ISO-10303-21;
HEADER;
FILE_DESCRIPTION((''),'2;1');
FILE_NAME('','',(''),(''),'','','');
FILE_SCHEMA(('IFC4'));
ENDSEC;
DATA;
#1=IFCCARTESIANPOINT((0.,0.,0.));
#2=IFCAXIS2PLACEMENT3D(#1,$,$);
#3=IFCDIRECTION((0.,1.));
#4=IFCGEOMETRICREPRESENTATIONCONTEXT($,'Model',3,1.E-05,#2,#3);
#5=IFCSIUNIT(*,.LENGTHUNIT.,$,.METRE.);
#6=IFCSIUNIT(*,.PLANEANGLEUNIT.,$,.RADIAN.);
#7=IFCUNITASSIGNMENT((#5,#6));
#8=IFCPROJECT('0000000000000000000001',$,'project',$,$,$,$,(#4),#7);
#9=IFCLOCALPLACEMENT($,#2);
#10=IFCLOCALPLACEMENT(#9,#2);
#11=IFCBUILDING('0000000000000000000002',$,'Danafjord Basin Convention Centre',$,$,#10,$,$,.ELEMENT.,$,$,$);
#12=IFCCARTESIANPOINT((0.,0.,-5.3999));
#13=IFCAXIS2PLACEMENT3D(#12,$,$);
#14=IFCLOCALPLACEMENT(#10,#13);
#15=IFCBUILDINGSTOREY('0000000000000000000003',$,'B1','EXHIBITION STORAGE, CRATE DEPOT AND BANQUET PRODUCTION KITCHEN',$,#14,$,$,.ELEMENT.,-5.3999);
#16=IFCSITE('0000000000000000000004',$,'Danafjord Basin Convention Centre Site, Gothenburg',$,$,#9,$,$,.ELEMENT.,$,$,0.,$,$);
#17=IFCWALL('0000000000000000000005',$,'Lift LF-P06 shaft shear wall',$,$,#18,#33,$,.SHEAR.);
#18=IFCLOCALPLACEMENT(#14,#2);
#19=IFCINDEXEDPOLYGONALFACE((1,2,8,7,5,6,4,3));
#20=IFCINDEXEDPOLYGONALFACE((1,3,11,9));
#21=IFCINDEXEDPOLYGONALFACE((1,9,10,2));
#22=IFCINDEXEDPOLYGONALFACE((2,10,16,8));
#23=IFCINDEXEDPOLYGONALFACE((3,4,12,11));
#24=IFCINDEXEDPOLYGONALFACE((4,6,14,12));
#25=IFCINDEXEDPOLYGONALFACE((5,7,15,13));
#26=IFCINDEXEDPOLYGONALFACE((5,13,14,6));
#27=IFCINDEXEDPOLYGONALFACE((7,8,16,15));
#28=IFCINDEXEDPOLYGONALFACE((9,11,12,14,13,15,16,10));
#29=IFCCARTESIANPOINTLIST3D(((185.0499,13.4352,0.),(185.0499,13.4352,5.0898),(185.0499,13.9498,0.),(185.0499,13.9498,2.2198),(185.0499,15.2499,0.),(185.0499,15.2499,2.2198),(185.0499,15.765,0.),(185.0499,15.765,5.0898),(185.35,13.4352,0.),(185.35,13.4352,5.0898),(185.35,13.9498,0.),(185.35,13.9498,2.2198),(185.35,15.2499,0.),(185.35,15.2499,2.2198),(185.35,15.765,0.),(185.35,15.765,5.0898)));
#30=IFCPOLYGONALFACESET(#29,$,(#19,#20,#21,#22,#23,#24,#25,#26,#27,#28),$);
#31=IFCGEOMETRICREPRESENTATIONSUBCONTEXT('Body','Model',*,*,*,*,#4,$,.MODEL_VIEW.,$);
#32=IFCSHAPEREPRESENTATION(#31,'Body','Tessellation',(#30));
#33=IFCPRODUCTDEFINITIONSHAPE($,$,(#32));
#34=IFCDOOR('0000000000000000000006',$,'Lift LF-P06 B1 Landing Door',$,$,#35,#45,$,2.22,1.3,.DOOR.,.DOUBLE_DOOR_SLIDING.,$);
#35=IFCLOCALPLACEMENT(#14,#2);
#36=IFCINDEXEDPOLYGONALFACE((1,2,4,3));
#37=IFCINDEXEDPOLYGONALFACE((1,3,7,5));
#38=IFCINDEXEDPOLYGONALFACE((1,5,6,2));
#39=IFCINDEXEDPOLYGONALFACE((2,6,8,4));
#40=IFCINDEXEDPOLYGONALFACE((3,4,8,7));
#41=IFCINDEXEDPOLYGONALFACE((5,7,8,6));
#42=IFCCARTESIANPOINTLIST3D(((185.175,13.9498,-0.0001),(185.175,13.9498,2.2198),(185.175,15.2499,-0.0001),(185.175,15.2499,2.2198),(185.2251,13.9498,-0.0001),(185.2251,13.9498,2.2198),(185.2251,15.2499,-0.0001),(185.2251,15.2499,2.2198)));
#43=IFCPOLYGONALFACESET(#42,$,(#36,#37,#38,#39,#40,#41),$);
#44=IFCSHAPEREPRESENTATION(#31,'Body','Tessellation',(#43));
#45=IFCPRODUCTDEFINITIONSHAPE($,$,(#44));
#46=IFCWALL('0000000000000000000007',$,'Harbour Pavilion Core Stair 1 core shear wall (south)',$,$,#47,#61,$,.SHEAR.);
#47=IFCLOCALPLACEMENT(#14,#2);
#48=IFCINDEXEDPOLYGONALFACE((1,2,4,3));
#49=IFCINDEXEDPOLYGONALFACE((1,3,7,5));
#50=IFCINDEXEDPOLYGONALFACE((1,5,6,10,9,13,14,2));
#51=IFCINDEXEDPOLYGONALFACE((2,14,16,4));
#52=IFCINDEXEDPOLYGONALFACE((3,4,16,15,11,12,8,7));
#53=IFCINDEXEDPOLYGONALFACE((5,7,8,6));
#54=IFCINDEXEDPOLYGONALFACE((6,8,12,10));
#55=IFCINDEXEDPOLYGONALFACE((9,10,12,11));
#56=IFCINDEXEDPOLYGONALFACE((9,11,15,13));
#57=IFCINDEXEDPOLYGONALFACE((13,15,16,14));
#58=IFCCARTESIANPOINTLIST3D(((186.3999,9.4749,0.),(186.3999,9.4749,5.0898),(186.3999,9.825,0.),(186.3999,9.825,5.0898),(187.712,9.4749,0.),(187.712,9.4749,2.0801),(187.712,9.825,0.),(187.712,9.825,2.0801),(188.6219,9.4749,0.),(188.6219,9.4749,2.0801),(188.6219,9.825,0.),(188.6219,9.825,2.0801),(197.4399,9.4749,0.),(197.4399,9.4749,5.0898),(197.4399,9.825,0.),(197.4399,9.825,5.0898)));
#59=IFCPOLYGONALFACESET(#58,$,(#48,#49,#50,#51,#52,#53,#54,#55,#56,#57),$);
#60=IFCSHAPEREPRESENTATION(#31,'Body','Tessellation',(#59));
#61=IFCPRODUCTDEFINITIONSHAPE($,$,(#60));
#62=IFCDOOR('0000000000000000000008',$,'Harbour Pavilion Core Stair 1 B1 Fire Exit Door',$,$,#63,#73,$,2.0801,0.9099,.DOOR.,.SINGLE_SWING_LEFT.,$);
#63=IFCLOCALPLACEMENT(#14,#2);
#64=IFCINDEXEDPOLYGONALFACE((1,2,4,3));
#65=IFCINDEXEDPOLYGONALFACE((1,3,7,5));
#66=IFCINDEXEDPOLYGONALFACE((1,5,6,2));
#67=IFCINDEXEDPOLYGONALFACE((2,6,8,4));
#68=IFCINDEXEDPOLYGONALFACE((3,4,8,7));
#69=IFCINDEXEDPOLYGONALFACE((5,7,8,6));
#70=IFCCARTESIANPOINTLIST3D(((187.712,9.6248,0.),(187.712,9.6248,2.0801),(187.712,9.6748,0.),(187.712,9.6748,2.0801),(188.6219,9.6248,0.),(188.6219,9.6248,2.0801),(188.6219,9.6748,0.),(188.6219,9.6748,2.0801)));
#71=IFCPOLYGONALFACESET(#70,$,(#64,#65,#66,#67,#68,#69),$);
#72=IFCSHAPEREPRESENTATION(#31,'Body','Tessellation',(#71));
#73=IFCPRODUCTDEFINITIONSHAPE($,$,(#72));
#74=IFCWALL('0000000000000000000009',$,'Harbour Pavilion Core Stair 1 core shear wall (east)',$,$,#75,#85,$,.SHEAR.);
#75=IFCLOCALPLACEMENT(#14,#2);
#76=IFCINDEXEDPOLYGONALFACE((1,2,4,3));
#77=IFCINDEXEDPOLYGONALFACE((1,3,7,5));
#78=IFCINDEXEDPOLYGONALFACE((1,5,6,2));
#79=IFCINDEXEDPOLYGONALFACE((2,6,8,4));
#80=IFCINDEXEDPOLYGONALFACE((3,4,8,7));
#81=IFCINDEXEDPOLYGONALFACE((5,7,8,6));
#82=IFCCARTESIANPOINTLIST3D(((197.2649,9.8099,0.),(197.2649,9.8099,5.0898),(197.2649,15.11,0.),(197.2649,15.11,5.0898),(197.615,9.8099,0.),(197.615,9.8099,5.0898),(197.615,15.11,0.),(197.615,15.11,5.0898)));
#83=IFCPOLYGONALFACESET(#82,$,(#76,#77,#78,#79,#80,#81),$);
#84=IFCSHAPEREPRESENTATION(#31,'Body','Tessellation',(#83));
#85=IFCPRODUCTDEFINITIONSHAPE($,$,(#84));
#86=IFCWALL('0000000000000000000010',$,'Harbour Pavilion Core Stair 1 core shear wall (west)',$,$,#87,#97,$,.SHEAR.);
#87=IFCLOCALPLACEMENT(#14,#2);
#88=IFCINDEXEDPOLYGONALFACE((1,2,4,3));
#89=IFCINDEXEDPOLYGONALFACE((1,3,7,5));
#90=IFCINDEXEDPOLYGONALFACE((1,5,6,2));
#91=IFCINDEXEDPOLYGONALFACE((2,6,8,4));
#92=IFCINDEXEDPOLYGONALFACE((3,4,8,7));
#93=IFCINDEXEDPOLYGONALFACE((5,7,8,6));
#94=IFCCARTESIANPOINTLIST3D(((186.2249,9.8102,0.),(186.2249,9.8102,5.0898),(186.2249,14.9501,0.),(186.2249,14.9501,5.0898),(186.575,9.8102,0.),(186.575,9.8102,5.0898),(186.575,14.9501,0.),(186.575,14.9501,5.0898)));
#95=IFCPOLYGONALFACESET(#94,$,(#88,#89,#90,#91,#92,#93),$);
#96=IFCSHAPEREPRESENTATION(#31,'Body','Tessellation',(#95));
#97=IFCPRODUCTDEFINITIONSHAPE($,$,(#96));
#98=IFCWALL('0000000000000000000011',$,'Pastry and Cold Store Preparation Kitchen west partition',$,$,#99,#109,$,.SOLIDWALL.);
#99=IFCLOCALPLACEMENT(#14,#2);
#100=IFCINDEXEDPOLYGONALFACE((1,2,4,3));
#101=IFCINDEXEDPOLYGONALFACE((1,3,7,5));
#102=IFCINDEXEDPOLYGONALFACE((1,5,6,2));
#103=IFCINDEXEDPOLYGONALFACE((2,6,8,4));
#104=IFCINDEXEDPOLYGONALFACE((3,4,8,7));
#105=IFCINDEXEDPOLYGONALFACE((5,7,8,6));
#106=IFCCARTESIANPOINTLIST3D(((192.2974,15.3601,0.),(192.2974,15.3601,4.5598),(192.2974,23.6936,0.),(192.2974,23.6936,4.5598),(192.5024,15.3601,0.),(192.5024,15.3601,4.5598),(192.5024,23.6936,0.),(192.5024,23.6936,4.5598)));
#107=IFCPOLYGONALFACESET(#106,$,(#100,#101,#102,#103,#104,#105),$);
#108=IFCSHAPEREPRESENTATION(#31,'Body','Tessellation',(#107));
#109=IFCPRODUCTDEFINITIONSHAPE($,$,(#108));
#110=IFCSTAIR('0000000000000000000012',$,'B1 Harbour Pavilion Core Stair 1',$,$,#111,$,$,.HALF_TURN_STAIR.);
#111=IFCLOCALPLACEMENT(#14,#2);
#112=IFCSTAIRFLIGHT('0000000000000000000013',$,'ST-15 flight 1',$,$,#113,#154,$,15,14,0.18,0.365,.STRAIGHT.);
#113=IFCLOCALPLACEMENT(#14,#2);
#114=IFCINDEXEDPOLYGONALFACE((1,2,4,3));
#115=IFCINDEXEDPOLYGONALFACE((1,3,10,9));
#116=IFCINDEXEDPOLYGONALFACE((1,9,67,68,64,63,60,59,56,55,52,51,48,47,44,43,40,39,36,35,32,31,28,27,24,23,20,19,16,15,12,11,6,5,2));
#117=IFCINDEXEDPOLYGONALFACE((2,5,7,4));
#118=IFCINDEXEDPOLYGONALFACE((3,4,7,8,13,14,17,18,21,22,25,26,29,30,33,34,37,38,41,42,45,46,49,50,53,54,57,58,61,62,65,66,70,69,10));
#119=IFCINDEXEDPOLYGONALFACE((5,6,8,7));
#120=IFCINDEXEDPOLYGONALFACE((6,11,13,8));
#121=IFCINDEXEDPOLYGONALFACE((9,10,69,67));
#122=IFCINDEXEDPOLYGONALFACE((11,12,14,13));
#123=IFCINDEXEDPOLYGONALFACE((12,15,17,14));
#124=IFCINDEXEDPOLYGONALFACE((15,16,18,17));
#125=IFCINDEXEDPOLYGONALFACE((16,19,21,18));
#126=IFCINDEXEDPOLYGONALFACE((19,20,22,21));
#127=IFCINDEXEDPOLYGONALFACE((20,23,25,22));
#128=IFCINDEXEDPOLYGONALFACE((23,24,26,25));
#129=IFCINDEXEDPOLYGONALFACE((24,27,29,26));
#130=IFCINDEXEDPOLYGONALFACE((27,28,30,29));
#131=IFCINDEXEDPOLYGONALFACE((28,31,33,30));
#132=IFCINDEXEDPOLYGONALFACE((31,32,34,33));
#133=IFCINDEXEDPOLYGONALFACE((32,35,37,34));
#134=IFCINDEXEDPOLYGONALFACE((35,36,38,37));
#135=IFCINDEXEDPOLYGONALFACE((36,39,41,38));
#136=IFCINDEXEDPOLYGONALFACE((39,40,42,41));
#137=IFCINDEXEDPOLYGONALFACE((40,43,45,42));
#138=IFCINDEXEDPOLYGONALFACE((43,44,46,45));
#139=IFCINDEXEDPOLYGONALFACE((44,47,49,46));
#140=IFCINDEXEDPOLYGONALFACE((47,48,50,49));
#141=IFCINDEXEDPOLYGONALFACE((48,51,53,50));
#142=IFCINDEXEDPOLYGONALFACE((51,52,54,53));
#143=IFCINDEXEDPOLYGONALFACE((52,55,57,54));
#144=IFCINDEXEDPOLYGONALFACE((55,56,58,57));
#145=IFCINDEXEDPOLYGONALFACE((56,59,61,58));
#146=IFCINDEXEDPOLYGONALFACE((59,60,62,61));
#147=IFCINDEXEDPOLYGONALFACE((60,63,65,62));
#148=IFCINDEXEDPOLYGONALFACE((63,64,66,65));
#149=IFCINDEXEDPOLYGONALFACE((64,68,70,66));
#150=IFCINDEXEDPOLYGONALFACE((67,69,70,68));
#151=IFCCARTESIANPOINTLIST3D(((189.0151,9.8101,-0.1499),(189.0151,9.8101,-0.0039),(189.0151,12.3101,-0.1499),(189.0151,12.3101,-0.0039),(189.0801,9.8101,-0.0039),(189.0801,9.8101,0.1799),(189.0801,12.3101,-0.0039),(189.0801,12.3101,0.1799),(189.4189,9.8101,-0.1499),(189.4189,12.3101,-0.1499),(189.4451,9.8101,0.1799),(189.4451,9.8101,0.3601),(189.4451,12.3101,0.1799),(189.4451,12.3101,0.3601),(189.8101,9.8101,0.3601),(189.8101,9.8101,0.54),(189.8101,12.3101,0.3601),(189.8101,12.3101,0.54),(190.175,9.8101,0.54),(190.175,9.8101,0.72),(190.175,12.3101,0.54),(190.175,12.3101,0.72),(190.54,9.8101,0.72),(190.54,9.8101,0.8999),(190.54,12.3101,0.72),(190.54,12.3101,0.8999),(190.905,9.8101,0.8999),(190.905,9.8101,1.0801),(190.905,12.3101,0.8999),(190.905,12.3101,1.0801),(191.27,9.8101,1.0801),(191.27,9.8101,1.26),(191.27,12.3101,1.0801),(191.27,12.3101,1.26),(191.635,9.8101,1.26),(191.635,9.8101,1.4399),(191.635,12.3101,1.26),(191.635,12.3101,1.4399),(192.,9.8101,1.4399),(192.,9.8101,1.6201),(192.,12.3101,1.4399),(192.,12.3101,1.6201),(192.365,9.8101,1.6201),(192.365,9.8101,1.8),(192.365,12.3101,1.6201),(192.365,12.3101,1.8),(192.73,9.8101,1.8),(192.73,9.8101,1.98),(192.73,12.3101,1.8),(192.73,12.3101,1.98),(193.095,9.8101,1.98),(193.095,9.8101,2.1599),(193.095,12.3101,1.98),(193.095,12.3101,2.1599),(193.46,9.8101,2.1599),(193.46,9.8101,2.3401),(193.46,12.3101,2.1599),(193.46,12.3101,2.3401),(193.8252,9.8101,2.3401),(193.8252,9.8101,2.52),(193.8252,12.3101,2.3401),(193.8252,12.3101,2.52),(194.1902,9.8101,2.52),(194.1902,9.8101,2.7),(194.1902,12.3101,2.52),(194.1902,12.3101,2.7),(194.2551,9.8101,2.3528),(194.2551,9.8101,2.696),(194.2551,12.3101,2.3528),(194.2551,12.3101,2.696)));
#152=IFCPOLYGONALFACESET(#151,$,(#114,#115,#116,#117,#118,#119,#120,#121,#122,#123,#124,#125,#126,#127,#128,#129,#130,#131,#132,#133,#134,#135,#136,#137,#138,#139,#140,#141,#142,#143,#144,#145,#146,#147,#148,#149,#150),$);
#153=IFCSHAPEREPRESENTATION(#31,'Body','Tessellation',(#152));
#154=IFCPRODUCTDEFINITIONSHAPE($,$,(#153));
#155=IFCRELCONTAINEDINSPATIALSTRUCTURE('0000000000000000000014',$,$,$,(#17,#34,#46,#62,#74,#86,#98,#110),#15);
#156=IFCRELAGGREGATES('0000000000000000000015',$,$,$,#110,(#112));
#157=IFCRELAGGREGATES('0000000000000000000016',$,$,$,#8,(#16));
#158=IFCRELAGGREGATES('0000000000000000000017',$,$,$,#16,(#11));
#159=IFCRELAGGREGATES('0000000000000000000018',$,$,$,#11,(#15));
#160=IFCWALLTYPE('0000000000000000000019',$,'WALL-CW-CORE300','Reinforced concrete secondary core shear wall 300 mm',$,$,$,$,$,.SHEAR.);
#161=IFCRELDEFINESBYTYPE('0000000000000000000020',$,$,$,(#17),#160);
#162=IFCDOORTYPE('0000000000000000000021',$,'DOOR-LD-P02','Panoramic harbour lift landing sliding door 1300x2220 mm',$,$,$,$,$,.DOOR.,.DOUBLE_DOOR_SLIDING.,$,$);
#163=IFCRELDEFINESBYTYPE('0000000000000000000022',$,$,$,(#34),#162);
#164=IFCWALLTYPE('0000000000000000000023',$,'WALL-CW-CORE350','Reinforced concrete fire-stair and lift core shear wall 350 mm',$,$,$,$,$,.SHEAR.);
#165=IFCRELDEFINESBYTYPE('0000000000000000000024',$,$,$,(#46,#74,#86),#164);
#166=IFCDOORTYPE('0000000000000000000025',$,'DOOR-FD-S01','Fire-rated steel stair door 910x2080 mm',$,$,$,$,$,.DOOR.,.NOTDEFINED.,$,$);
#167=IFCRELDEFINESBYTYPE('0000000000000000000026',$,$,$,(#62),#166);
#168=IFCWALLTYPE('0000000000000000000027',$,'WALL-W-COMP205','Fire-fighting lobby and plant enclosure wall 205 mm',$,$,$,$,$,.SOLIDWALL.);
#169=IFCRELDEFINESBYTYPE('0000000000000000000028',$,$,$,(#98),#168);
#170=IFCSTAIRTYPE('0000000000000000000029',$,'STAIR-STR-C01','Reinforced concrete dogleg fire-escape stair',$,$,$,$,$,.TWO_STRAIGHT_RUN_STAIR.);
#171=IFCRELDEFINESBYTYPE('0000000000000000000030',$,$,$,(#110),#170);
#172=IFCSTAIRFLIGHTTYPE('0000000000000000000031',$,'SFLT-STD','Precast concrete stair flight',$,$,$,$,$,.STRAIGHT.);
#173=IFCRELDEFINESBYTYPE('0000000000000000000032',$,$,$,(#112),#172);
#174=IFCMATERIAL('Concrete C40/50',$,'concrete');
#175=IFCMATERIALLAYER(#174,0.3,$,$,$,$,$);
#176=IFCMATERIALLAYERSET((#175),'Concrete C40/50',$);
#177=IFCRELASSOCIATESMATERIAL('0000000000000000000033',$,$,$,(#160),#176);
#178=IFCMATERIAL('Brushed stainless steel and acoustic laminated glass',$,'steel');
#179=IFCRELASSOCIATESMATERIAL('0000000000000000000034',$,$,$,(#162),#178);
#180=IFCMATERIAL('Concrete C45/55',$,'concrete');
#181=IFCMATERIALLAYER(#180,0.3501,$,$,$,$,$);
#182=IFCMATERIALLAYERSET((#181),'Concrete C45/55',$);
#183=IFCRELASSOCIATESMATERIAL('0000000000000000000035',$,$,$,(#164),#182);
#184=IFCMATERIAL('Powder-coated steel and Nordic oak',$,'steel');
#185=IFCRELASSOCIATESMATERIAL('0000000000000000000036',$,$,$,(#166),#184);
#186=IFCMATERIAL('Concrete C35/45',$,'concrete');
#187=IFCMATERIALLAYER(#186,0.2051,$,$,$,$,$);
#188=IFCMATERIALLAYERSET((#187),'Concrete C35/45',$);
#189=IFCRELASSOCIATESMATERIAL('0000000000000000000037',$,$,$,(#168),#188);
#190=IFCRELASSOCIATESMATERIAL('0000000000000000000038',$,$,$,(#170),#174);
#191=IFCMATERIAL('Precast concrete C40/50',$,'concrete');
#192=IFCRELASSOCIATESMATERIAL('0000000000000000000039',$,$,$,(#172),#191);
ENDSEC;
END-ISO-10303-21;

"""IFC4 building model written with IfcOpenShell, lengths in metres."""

from ifc_helpers import new_model, si_unit, direction, frame, frame_2d, origin, place, context, subcontext, project, spatial, polyline, rectangle, outline, extrude, material, layer, layer_set, type_object, element, fill, aggregate, save


model = new_model("IFC4")

# Units and contexts
model_context = context("Model", 3, precision=1e-05, world=origin(), true_north=direction((0.0, 1.0)))
body_context = subcontext(model_context, "Body", "Model", "MODEL_VIEW")
ifc_project = project(units=[si_unit("LENGTHUNIT", "METRE"), si_unit("PLANEANGLEUNIT", "RADIAN")], contexts=[model_context])

# Site, building, storey
site_placement = place(None, origin())
site = spatial("IfcSite", under=ifc_project, at=site_placement, Name="Danafjord Basin Convention Centre Site, Gothenburg", CompositionType="ELEMENT", RefElevation=0.0)
building_placement = place(site_placement, origin())
building = spatial("IfcBuilding", under=site, at=building_placement, Name="Danafjord Basin Convention Centre", CompositionType="ELEMENT")
storey_placement = place(building_placement, frame((0.0, 0.0, -5.3999)))
storey = spatial("IfcBuildingStorey", under=building, at=storey_placement, Name="B1", Description="EXHIBITION STORAGE, CRATE DEPOT AND BANQUET PRODUCTION KITCHEN", CompositionType="ELEMENT", Elevation=-5.3999)

# Shared definitions
ifc_material_1 = material(Name="Concrete C40/50", Category="concrete")
ifc_material_2 = material(Name="Concrete C35/45", Category="concrete")

# Shared definitions
ifc_material_3 = material(Name="Concrete C45/55", Category="concrete")

# Shared definitions
ifc_layer_1 = layer(ifc_material_1, 0.3)
ifc_layer_set_1 = layer_set([ifc_layer_1], Name="Concrete C40/50")
wall_type_1 = type_object("IfcWallType", Name="WALL-CW-CORE300", Description="Reinforced concrete secondary core shear wall 300 mm", PredefinedType="SHEAR", material=ifc_layer_set_1)

# Walls, openings, doors
wall_1_placement = place(storey_placement, frame((185.2, 13.4351, 0.0), z_axis=(0.0, 0.0, 1.0), x_axis=(0.0, 1.0, 0.0)))
wall_1 = element("IfcWall", 1, at=wall_1_placement, inside=storey, type_object=wall_type_1, Name="Lift LF-P06 shaft shear wall", PredefinedType="SHEAR", context=body_context, shape_type="SweptSolid", body=[
    extrude(rectangle(XDim=2.3298, YDim=0.3, at=frame_2d((1.165, 0.0))), origin(), (0.0, 0.0, 1.0), 5.0898),
])
opening_1_placement = place(wall_1_placement, frame((0.5149, 0.0, 0.0)))
opening_1 = element("IfcOpeningElement", 2, at=opening_1_placement, cuts=wall_1, PredefinedType="OPENING", context=body_context, shape_type="SweptSolid", body=[
    extrude(rectangle(XDim=1.3, YDim=2.22, at=frame_2d((0.6499, 1.1099))), frame((0.0, 0.1599, 0.0), z_axis=(0.0, -1.0, 0.0), x_axis=(1.0, 0.0, 0.0)), (0.0, 0.0, 1.0), 0.3201),
])
ifc_material_4 = material(Name="Brushed stainless steel and acoustic laminated glass", Category="steel")
door_type_1 = type_object("IfcDoorType", Name="DOOR-LD-P02", Description="Panoramic harbour lift landing sliding door 1300x2220 mm", OperationType="DOUBLE_DOOR_SLIDING", PredefinedType="DOOR", material=ifc_material_4)
door_1_placement = place(opening_1_placement, origin())
door_1 = element("IfcDoor", 3, at=door_1_placement, inside=storey, type_object=door_type_1, Name="Lift LF-P06 B1 Landing Door", OperationType="DOUBLE_DOOR_SLIDING", OverallHeight=2.22, OverallWidth=1.3, PredefinedType="DOOR", context=body_context, shape_type="SweptSolid", body=[
    extrude(rectangle(XDim=1.3, YDim=2.22, at=frame_2d((0.6499, 1.1099))), frame((0.0, 0.0249, 0.0), z_axis=(0.0, -1.0, 0.0), x_axis=(1.0, 0.0, 0.0)), (0.0, 0.0, 1.0), 0.05),
])
fill(opening_1, door_1)
ifc_layer_2 = layer(ifc_material_3, 0.3501)
ifc_layer_set_2 = layer_set([ifc_layer_2], Name="Concrete C45/55")
wall_type_2 = type_object("IfcWallType", Name="WALL-CW-CORE350", Description="Reinforced concrete fire-stair and lift core shear wall 350 mm", PredefinedType="SHEAR", material=ifc_layer_set_2)
wall_2_placement = place(storey_placement, frame((186.3999, 9.6499, 0.0), z_axis=(0.0, 0.0, 1.0), x_axis=(1.0, 0.0, 0.0)))
wall_2 = element("IfcWall", 4, at=wall_2_placement, inside=storey, type_object=wall_type_2, Name="Harbour Pavilion Core Stair 1 core shear wall (south)", PredefinedType="SHEAR", context=body_context, shape_type="SweptSolid", body=[
    extrude(rectangle(XDim=11.04, YDim=0.3501, at=frame_2d((5.52, 0.0))), origin(), (0.0, 0.0, 1.0), 5.0898),
])
opening_2_placement = place(wall_2_placement, frame((1.312, 0.0, 0.0)))
opening_2 = element("IfcOpeningElement", 5, at=opening_2_placement, cuts=wall_2, PredefinedType="OPENING", context=body_context, shape_type="SweptSolid", body=[
    extrude(rectangle(XDim=0.9099, YDim=2.0801, at=frame_2d((0.4551, 1.04))), frame((0.0, 0.1851, 0.0), z_axis=(0.0, -1.0, 0.0), x_axis=(1.0, 0.0, 0.0)), (0.0, 0.0, 1.0), 0.3701),
])
ifc_material_5 = material(Name="Powder-coated steel and Nordic oak", Category="steel")
door_type_2 = type_object("IfcDoorType", Name="DOOR-FD-S01", Description="Fire-rated steel stair door 910x2080 mm", OperationType="NOTDEFINED", PredefinedType="DOOR", material=ifc_material_5)
door_2_placement = place(opening_2_placement, origin())
door_2 = element("IfcDoor", 6, at=door_2_placement, inside=storey, type_object=door_type_2, Name="Harbour Pavilion Core Stair 1 B1 Fire Exit Door", OperationType="SINGLE_SWING_LEFT", OverallHeight=2.0801, OverallWidth=0.9099, PredefinedType="DOOR", context=body_context, shape_type="SweptSolid", body=[
    extrude(rectangle(XDim=0.9099, YDim=2.0801, at=frame_2d((0.4551, 1.04))), frame((0.0, 0.0249, 0.0), z_axis=(0.0, -1.0, 0.0), x_axis=(1.0, 0.0, 0.0)), (0.0, 0.0, 1.0), 0.05),
])
fill(opening_2, door_2)

# Walls
wall_3_placement = place(storey_placement, frame((197.4399, 9.8101, 0.0), z_axis=(0.0, 0.0, 1.0), x_axis=(0.0, 1.0, 0.0)))
element("IfcWall", 7, at=wall_3_placement, inside=storey, type_object=wall_type_2, Name="Harbour Pavilion Core Stair 1 core shear wall (east)", PredefinedType="SHEAR", context=body_context, shape_type="SweptSolid", body=[
    extrude(rectangle(XDim=5.3, YDim=0.3501, at=frame_2d((2.6499, 0.0))), origin(), (0.0, 0.0, 1.0), 5.0898),
])
wall_4_placement = place(storey_placement, frame((186.3999, 14.95, 0.0), z_axis=(0.0, 0.0, 1.0), x_axis=(0.0, -1.0, 0.0)))
element("IfcWall", 8, at=wall_4_placement, inside=storey, type_object=wall_type_2, Name="Harbour Pavilion Core Stair 1 core shear wall (west)", PredefinedType="SHEAR", context=body_context, shape_type="SweptSolid", body=[
    extrude(rectangle(XDim=5.1399, YDim=0.3501, at=frame_2d((2.5698, 0.0))), origin(), (0.0, 0.0, 1.0), 5.0898),
])
ifc_layer_3 = layer(ifc_material_2, 0.2051)
ifc_layer_set_3 = layer_set([ifc_layer_3], Name="Concrete C35/45")
wall_type_3 = type_object("IfcWallType", Name="WALL-W-COMP205", Description="Fire-fighting lobby and plant enclosure wall 205 mm", PredefinedType="SOLIDWALL", material=ifc_layer_set_3)
wall_5_placement = place(storey_placement, frame((192.3999, 23.6936, 0.0), z_axis=(0.0, 0.0, 1.0), x_axis=(0.0, -1.0, 0.0)))
element("IfcWall", 9, at=wall_5_placement, inside=storey, type_object=wall_type_3, Name="Pastry and Cold Store Preparation Kitchen west partition", PredefinedType="SOLIDWALL", context=body_context, shape_type="SweptSolid", body=[
    extrude(rectangle(XDim=8.3335, YDim=0.2051, at=frame_2d((4.1667, 0.0))), origin(), (0.0, 0.0, 1.0), 4.5598),
])

# Stair, stair flight
stair_type = type_object("IfcStairType", Name="STAIR-STR-C01", Description="Reinforced concrete dogleg fire-escape stair", PredefinedType="TWO_STRAIGHT_RUN_STAIR", material=ifc_material_1)
stair_placement = place(storey_placement, origin())
stair = element("IfcStair", 10, at=stair_placement, inside=storey, type_object=stair_type, Name="B1 Harbour Pavilion Core Stair 1", PredefinedType="HALF_TURN_STAIR")
ifc_material_6 = material(Name="Precast concrete C40/50", Category="concrete")
stair_flight_type = type_object("IfcStairFlightType", Name="SFLT-STD", Description="Precast concrete stair flight", PredefinedType="STRAIGHT", material=ifc_material_6)
stair_flight_1_placement = place(storey_placement, frame((189.0801, 11.0601, 0.0), z_axis=(0.0, 0.0, 1.0), x_axis=(1.0, 0.0, 0.0)))
stair_flight_1 = element("IfcStairFlight", 11, at=stair_flight_1_placement, type_object=stair_flight_type, Name="ST-15 flight 1", NumberOfRisers=15, NumberOfTreads=14, PredefinedType="STRAIGHT", RiserHeight=0.18, TreadLength=0.365, context=body_context, shape_type="SweptSolid", body=[
    extrude(outline(polyline([(-0.0649, -0.1499), (-0.0649, -0.0039), (0.0, -0.0039), (0.0, 0.1799), (0.365, 0.1799), (0.365, 0.3601), (0.73, 0.3601), (0.73, 0.54), (1.095, 0.54), (1.095, 0.72), (1.46, 0.72), (1.46, 0.8999), (1.825, 0.8999), (1.825, 1.0801), (2.1899, 1.0801), (2.1899, 1.26), (2.5549, 1.26), (2.5549, 1.4399), (2.9199, 1.4399), (2.9199, 1.6201), (3.2849, 1.6201), (3.2849, 1.8), (3.6499, 1.8), (3.6499, 1.98), (4.0149, 1.98), (4.0149, 2.1599), (4.3799, 2.1599), (4.3799, 2.3401), (4.7451, 2.3401), (4.7451, 2.52), (5.1101, 2.52), (5.1101, 2.7), (5.175, 2.696), (5.175, 2.3528), (0.3389, -0.1499), (-0.0649, -0.1499)])), frame((0.0, 1.25, 0.0), z_axis=(0.0, -1.0, 0.0), x_axis=(1.0, 0.0, 0.0)), (0.0, 0.0, 1.0), 2.5),
])
aggregate(stair, [stair_flight_1])

save(model, "model.ifc")
